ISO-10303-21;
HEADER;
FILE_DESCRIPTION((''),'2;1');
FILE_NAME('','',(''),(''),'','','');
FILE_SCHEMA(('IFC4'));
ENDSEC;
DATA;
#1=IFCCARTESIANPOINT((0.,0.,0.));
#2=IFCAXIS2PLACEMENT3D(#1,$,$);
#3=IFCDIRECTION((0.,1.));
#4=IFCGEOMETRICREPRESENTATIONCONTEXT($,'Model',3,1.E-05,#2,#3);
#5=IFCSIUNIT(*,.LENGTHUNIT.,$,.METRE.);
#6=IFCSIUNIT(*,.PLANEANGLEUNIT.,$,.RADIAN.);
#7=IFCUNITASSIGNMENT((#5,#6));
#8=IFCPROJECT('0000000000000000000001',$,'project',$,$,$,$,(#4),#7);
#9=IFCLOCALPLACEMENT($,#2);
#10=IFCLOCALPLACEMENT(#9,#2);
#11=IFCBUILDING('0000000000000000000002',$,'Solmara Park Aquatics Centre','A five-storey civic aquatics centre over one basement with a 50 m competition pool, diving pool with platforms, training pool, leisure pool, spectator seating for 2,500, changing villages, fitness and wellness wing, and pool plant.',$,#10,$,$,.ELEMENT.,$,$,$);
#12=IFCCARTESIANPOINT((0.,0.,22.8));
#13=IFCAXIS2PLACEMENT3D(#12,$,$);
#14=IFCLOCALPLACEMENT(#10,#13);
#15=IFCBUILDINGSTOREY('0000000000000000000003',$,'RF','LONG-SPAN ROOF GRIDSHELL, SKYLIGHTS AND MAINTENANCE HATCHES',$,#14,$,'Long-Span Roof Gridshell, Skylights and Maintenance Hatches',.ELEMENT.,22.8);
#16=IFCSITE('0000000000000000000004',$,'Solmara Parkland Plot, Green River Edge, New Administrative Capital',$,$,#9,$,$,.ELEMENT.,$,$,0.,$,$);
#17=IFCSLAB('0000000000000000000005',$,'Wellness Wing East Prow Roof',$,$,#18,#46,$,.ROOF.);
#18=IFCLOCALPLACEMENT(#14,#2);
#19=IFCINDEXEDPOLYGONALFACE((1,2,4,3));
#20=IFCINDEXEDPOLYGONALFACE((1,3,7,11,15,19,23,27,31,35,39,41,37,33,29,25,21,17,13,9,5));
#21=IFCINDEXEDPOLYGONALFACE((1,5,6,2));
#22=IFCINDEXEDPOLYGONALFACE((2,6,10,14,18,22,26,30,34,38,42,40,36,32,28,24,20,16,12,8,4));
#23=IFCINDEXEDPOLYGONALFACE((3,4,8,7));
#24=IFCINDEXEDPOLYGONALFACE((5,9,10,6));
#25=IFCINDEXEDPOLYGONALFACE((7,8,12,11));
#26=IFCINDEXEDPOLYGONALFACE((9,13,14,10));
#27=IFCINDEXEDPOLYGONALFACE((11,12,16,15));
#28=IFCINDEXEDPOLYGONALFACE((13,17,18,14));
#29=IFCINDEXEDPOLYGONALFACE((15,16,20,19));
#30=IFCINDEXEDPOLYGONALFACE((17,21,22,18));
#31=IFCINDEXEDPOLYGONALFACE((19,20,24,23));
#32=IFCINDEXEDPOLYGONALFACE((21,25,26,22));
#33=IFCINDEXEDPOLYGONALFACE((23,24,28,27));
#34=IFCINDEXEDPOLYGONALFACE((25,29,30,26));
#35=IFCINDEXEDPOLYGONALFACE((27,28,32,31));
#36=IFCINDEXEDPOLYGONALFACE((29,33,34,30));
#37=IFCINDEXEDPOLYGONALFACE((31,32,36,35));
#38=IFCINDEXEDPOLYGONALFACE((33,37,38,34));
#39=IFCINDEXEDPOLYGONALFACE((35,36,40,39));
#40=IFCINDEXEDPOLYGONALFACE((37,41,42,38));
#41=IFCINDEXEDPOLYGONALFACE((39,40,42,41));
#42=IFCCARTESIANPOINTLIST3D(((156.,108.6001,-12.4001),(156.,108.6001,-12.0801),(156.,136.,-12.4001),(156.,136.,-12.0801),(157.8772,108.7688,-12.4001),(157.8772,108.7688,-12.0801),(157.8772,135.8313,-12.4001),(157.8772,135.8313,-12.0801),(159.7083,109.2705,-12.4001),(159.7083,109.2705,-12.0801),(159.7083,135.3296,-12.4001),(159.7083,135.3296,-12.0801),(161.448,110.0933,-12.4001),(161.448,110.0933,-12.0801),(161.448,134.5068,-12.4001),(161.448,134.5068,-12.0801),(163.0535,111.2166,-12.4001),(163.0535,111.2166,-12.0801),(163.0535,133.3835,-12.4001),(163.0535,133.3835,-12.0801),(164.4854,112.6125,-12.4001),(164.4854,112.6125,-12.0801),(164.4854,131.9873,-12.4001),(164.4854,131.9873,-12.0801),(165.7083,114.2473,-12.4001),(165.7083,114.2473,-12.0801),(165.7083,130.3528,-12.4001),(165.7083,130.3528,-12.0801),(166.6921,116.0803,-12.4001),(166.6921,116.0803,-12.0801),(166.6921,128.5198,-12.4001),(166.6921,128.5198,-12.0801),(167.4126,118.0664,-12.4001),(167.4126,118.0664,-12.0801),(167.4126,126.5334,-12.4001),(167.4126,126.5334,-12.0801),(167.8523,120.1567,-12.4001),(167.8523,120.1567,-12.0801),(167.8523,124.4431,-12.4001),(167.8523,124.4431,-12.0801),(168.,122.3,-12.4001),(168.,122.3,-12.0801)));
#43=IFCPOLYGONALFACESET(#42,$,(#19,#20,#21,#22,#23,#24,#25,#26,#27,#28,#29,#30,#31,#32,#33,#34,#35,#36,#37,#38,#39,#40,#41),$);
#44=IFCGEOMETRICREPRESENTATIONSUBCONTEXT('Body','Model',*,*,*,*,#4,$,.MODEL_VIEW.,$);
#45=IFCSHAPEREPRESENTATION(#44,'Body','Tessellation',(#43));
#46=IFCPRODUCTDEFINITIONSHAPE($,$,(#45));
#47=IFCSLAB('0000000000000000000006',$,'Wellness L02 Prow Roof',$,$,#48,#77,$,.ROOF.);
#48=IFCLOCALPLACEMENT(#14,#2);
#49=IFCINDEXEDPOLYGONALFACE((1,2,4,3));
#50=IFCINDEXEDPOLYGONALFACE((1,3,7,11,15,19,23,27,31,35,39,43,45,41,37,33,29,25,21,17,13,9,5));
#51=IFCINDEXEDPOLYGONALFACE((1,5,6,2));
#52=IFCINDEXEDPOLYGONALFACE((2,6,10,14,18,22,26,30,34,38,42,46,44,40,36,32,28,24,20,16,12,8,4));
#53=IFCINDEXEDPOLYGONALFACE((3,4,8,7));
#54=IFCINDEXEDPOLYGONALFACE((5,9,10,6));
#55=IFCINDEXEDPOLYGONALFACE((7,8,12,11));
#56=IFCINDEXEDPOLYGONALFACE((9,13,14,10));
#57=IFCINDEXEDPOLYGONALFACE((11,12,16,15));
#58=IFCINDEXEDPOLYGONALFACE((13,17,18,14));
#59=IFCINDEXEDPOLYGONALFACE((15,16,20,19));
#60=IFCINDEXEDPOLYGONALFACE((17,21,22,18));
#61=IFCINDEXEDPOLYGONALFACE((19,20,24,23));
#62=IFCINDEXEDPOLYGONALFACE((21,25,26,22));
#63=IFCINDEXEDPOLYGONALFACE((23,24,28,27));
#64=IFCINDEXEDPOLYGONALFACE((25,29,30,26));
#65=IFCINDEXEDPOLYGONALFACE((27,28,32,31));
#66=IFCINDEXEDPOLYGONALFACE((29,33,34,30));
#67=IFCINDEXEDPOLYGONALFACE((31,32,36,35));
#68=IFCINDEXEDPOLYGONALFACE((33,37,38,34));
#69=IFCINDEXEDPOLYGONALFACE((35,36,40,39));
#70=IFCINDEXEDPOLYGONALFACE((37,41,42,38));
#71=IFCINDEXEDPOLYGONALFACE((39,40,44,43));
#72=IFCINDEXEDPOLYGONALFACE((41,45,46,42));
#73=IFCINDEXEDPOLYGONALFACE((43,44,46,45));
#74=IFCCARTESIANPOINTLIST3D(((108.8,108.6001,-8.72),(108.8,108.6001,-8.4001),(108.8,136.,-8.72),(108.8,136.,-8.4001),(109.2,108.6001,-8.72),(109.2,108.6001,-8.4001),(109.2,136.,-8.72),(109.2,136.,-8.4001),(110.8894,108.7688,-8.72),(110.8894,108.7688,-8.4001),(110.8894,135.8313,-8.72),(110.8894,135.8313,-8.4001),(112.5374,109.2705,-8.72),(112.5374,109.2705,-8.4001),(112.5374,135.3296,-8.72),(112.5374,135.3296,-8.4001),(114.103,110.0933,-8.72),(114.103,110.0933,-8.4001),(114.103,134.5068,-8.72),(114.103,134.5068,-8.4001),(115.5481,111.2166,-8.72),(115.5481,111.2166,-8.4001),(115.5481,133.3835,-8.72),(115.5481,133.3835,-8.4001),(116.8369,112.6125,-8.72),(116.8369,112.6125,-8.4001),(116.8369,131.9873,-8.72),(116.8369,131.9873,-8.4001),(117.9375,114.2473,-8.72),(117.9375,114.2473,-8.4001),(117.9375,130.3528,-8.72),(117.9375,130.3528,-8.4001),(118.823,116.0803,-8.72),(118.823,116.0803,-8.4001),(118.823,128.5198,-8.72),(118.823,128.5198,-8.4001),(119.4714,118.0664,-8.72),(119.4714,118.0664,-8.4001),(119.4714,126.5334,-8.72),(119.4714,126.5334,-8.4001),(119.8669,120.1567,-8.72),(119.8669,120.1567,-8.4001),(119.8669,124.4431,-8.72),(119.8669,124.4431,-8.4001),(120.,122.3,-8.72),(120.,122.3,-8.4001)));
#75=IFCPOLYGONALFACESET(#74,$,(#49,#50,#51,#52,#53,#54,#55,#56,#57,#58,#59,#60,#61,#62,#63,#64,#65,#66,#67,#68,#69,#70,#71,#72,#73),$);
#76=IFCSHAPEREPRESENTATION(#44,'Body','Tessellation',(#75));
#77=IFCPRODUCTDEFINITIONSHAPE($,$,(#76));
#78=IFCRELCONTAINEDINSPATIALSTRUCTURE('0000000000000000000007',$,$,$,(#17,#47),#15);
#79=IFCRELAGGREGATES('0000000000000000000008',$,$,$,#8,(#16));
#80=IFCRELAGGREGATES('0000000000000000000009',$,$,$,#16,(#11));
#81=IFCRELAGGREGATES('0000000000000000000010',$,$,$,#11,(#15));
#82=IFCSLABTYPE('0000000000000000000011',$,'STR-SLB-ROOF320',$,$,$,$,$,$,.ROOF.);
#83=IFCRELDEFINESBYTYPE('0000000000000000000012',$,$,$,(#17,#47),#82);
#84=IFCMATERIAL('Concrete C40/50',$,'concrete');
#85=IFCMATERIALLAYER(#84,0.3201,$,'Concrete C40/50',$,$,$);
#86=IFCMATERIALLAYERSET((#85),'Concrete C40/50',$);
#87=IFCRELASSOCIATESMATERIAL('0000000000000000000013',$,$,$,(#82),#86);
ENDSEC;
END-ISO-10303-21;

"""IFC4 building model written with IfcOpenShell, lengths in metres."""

from ifc_helpers import new_model, si_unit, direction, frame, origin, place, context, subcontext, project, spatial, polyline, outline, extrude, material, layer, layer_set, type_object, element, save


model = new_model("IFC4")

# Units and contexts
model_context = context("Model", 3, precision=1e-05, world=origin(), true_north=direction((0.0, 1.0)))
body_context = subcontext(model_context, "Body", "Model", "MODEL_VIEW")
ifc_project = project(units=[si_unit("LENGTHUNIT", "METRE"), si_unit("PLANEANGLEUNIT", "RADIAN")], contexts=[model_context])

# Site, building, storey
site_placement = place(None, origin())
site = spatial("IfcSite", under=ifc_project, at=site_placement, Name="Solmara Parkland Plot, Green River Edge, New Administrative Capital", CompositionType="ELEMENT", RefElevation=0.0)
building_placement = place(site_placement, origin())
building = spatial("IfcBuilding", under=site, at=building_placement, Name="Solmara Park Aquatics Centre", Description="A five-storey civic aquatics centre over one basement with a 50 m competition pool, diving pool with platforms, training pool, leisure pool, spectator seating for 2,500, changing villages, fitness and wellness wing, and pool plant.", CompositionType="ELEMENT")
storey_placement = place(building_placement, frame((0.0, 0.0, 22.8)))
storey = spatial("IfcBuildingStorey", under=building, at=storey_placement, Name="RF", Description="LONG-SPAN ROOF GRIDSHELL, SKYLIGHTS AND MAINTENANCE HATCHES", LongName="Long-Span Roof Gridshell, Skylights and Maintenance Hatches", CompositionType="ELEMENT", Elevation=22.8)

# Slabs
ifc_material_1 = material(Name="Concrete C40/50", Category="concrete")
ifc_layer = layer(ifc_material_1, 0.3201, Name="Concrete C40/50")
ifc_layer_set = layer_set([ifc_layer], Name="Concrete C40/50")
slab_type = type_object("IfcSlabType", Name="STR-SLB-ROOF320", PredefinedType="ROOF", material=ifc_layer_set)
slab_1_placement = place(storey_placement, frame((0.0, 0.0, -12.4001)))
element("IfcSlab", 1, at=slab_1_placement, inside=storey, type_object=slab_type, Name="Wellness Wing East Prow Roof", PredefinedType="ROOF", context=body_context, shape_type="SweptSolid", body=[
    extrude(outline(polyline([(156.0, 108.6001), (156.0, 108.6001), (157.8772, 108.7688), (159.7083, 109.2705), (161.448, 110.0933), (163.0535, 111.2166), (164.4854, 112.6125), (165.7083, 114.2473), (166.6921, 116.0803), (167.4126, 118.0664), (167.8523, 120.1567), (168.0, 122.3), (167.8523, 124.4431), (167.4126, 126.5334), (166.6921, 128.5198), (165.7083, 130.3528), (164.4854, 131.9873), (163.0535, 133.3835), (161.448, 134.5068), (159.7083, 135.3296), (157.8772, 135.8313), (156.0, 136.0), (156.0, 136.0), (156.0, 108.6001)])), origin(), (0.0, 0.0, 1.0), 0.3201),
])
slab_2_placement = place(storey_placement, frame((0.0, 0.0, -8.72)))
element("IfcSlab", 2, at=slab_2_placement, inside=storey, type_object=slab_type, Name="Wellness L02 Prow Roof", PredefinedType="ROOF", context=body_context, shape_type="SweptSolid", body=[
    extrude(outline(polyline([(108.8, 108.6001), (109.2, 108.6001), (110.8894, 108.7688), (112.5374, 109.2705), (114.103, 110.0933), (115.5481, 111.2166), (116.8369, 112.6125), (117.9375, 114.2473), (118.823, 116.0803), (119.4714, 118.0664), (119.8669, 120.1567), (120.0, 122.3), (119.8669, 124.4431), (119.4714, 126.5334), (118.823, 128.5198), (117.9375, 130.3528), (116.8369, 131.9873), (115.5481, 133.3835), (114.103, 134.5068), (112.5374, 135.3296), (110.8894, 135.8313), (109.2, 136.0), (108.8, 136.0), (108.8, 108.6001)])), origin(), (0.0, 0.0, 1.0), 0.3198),
])

save(model, "model.ifc")
